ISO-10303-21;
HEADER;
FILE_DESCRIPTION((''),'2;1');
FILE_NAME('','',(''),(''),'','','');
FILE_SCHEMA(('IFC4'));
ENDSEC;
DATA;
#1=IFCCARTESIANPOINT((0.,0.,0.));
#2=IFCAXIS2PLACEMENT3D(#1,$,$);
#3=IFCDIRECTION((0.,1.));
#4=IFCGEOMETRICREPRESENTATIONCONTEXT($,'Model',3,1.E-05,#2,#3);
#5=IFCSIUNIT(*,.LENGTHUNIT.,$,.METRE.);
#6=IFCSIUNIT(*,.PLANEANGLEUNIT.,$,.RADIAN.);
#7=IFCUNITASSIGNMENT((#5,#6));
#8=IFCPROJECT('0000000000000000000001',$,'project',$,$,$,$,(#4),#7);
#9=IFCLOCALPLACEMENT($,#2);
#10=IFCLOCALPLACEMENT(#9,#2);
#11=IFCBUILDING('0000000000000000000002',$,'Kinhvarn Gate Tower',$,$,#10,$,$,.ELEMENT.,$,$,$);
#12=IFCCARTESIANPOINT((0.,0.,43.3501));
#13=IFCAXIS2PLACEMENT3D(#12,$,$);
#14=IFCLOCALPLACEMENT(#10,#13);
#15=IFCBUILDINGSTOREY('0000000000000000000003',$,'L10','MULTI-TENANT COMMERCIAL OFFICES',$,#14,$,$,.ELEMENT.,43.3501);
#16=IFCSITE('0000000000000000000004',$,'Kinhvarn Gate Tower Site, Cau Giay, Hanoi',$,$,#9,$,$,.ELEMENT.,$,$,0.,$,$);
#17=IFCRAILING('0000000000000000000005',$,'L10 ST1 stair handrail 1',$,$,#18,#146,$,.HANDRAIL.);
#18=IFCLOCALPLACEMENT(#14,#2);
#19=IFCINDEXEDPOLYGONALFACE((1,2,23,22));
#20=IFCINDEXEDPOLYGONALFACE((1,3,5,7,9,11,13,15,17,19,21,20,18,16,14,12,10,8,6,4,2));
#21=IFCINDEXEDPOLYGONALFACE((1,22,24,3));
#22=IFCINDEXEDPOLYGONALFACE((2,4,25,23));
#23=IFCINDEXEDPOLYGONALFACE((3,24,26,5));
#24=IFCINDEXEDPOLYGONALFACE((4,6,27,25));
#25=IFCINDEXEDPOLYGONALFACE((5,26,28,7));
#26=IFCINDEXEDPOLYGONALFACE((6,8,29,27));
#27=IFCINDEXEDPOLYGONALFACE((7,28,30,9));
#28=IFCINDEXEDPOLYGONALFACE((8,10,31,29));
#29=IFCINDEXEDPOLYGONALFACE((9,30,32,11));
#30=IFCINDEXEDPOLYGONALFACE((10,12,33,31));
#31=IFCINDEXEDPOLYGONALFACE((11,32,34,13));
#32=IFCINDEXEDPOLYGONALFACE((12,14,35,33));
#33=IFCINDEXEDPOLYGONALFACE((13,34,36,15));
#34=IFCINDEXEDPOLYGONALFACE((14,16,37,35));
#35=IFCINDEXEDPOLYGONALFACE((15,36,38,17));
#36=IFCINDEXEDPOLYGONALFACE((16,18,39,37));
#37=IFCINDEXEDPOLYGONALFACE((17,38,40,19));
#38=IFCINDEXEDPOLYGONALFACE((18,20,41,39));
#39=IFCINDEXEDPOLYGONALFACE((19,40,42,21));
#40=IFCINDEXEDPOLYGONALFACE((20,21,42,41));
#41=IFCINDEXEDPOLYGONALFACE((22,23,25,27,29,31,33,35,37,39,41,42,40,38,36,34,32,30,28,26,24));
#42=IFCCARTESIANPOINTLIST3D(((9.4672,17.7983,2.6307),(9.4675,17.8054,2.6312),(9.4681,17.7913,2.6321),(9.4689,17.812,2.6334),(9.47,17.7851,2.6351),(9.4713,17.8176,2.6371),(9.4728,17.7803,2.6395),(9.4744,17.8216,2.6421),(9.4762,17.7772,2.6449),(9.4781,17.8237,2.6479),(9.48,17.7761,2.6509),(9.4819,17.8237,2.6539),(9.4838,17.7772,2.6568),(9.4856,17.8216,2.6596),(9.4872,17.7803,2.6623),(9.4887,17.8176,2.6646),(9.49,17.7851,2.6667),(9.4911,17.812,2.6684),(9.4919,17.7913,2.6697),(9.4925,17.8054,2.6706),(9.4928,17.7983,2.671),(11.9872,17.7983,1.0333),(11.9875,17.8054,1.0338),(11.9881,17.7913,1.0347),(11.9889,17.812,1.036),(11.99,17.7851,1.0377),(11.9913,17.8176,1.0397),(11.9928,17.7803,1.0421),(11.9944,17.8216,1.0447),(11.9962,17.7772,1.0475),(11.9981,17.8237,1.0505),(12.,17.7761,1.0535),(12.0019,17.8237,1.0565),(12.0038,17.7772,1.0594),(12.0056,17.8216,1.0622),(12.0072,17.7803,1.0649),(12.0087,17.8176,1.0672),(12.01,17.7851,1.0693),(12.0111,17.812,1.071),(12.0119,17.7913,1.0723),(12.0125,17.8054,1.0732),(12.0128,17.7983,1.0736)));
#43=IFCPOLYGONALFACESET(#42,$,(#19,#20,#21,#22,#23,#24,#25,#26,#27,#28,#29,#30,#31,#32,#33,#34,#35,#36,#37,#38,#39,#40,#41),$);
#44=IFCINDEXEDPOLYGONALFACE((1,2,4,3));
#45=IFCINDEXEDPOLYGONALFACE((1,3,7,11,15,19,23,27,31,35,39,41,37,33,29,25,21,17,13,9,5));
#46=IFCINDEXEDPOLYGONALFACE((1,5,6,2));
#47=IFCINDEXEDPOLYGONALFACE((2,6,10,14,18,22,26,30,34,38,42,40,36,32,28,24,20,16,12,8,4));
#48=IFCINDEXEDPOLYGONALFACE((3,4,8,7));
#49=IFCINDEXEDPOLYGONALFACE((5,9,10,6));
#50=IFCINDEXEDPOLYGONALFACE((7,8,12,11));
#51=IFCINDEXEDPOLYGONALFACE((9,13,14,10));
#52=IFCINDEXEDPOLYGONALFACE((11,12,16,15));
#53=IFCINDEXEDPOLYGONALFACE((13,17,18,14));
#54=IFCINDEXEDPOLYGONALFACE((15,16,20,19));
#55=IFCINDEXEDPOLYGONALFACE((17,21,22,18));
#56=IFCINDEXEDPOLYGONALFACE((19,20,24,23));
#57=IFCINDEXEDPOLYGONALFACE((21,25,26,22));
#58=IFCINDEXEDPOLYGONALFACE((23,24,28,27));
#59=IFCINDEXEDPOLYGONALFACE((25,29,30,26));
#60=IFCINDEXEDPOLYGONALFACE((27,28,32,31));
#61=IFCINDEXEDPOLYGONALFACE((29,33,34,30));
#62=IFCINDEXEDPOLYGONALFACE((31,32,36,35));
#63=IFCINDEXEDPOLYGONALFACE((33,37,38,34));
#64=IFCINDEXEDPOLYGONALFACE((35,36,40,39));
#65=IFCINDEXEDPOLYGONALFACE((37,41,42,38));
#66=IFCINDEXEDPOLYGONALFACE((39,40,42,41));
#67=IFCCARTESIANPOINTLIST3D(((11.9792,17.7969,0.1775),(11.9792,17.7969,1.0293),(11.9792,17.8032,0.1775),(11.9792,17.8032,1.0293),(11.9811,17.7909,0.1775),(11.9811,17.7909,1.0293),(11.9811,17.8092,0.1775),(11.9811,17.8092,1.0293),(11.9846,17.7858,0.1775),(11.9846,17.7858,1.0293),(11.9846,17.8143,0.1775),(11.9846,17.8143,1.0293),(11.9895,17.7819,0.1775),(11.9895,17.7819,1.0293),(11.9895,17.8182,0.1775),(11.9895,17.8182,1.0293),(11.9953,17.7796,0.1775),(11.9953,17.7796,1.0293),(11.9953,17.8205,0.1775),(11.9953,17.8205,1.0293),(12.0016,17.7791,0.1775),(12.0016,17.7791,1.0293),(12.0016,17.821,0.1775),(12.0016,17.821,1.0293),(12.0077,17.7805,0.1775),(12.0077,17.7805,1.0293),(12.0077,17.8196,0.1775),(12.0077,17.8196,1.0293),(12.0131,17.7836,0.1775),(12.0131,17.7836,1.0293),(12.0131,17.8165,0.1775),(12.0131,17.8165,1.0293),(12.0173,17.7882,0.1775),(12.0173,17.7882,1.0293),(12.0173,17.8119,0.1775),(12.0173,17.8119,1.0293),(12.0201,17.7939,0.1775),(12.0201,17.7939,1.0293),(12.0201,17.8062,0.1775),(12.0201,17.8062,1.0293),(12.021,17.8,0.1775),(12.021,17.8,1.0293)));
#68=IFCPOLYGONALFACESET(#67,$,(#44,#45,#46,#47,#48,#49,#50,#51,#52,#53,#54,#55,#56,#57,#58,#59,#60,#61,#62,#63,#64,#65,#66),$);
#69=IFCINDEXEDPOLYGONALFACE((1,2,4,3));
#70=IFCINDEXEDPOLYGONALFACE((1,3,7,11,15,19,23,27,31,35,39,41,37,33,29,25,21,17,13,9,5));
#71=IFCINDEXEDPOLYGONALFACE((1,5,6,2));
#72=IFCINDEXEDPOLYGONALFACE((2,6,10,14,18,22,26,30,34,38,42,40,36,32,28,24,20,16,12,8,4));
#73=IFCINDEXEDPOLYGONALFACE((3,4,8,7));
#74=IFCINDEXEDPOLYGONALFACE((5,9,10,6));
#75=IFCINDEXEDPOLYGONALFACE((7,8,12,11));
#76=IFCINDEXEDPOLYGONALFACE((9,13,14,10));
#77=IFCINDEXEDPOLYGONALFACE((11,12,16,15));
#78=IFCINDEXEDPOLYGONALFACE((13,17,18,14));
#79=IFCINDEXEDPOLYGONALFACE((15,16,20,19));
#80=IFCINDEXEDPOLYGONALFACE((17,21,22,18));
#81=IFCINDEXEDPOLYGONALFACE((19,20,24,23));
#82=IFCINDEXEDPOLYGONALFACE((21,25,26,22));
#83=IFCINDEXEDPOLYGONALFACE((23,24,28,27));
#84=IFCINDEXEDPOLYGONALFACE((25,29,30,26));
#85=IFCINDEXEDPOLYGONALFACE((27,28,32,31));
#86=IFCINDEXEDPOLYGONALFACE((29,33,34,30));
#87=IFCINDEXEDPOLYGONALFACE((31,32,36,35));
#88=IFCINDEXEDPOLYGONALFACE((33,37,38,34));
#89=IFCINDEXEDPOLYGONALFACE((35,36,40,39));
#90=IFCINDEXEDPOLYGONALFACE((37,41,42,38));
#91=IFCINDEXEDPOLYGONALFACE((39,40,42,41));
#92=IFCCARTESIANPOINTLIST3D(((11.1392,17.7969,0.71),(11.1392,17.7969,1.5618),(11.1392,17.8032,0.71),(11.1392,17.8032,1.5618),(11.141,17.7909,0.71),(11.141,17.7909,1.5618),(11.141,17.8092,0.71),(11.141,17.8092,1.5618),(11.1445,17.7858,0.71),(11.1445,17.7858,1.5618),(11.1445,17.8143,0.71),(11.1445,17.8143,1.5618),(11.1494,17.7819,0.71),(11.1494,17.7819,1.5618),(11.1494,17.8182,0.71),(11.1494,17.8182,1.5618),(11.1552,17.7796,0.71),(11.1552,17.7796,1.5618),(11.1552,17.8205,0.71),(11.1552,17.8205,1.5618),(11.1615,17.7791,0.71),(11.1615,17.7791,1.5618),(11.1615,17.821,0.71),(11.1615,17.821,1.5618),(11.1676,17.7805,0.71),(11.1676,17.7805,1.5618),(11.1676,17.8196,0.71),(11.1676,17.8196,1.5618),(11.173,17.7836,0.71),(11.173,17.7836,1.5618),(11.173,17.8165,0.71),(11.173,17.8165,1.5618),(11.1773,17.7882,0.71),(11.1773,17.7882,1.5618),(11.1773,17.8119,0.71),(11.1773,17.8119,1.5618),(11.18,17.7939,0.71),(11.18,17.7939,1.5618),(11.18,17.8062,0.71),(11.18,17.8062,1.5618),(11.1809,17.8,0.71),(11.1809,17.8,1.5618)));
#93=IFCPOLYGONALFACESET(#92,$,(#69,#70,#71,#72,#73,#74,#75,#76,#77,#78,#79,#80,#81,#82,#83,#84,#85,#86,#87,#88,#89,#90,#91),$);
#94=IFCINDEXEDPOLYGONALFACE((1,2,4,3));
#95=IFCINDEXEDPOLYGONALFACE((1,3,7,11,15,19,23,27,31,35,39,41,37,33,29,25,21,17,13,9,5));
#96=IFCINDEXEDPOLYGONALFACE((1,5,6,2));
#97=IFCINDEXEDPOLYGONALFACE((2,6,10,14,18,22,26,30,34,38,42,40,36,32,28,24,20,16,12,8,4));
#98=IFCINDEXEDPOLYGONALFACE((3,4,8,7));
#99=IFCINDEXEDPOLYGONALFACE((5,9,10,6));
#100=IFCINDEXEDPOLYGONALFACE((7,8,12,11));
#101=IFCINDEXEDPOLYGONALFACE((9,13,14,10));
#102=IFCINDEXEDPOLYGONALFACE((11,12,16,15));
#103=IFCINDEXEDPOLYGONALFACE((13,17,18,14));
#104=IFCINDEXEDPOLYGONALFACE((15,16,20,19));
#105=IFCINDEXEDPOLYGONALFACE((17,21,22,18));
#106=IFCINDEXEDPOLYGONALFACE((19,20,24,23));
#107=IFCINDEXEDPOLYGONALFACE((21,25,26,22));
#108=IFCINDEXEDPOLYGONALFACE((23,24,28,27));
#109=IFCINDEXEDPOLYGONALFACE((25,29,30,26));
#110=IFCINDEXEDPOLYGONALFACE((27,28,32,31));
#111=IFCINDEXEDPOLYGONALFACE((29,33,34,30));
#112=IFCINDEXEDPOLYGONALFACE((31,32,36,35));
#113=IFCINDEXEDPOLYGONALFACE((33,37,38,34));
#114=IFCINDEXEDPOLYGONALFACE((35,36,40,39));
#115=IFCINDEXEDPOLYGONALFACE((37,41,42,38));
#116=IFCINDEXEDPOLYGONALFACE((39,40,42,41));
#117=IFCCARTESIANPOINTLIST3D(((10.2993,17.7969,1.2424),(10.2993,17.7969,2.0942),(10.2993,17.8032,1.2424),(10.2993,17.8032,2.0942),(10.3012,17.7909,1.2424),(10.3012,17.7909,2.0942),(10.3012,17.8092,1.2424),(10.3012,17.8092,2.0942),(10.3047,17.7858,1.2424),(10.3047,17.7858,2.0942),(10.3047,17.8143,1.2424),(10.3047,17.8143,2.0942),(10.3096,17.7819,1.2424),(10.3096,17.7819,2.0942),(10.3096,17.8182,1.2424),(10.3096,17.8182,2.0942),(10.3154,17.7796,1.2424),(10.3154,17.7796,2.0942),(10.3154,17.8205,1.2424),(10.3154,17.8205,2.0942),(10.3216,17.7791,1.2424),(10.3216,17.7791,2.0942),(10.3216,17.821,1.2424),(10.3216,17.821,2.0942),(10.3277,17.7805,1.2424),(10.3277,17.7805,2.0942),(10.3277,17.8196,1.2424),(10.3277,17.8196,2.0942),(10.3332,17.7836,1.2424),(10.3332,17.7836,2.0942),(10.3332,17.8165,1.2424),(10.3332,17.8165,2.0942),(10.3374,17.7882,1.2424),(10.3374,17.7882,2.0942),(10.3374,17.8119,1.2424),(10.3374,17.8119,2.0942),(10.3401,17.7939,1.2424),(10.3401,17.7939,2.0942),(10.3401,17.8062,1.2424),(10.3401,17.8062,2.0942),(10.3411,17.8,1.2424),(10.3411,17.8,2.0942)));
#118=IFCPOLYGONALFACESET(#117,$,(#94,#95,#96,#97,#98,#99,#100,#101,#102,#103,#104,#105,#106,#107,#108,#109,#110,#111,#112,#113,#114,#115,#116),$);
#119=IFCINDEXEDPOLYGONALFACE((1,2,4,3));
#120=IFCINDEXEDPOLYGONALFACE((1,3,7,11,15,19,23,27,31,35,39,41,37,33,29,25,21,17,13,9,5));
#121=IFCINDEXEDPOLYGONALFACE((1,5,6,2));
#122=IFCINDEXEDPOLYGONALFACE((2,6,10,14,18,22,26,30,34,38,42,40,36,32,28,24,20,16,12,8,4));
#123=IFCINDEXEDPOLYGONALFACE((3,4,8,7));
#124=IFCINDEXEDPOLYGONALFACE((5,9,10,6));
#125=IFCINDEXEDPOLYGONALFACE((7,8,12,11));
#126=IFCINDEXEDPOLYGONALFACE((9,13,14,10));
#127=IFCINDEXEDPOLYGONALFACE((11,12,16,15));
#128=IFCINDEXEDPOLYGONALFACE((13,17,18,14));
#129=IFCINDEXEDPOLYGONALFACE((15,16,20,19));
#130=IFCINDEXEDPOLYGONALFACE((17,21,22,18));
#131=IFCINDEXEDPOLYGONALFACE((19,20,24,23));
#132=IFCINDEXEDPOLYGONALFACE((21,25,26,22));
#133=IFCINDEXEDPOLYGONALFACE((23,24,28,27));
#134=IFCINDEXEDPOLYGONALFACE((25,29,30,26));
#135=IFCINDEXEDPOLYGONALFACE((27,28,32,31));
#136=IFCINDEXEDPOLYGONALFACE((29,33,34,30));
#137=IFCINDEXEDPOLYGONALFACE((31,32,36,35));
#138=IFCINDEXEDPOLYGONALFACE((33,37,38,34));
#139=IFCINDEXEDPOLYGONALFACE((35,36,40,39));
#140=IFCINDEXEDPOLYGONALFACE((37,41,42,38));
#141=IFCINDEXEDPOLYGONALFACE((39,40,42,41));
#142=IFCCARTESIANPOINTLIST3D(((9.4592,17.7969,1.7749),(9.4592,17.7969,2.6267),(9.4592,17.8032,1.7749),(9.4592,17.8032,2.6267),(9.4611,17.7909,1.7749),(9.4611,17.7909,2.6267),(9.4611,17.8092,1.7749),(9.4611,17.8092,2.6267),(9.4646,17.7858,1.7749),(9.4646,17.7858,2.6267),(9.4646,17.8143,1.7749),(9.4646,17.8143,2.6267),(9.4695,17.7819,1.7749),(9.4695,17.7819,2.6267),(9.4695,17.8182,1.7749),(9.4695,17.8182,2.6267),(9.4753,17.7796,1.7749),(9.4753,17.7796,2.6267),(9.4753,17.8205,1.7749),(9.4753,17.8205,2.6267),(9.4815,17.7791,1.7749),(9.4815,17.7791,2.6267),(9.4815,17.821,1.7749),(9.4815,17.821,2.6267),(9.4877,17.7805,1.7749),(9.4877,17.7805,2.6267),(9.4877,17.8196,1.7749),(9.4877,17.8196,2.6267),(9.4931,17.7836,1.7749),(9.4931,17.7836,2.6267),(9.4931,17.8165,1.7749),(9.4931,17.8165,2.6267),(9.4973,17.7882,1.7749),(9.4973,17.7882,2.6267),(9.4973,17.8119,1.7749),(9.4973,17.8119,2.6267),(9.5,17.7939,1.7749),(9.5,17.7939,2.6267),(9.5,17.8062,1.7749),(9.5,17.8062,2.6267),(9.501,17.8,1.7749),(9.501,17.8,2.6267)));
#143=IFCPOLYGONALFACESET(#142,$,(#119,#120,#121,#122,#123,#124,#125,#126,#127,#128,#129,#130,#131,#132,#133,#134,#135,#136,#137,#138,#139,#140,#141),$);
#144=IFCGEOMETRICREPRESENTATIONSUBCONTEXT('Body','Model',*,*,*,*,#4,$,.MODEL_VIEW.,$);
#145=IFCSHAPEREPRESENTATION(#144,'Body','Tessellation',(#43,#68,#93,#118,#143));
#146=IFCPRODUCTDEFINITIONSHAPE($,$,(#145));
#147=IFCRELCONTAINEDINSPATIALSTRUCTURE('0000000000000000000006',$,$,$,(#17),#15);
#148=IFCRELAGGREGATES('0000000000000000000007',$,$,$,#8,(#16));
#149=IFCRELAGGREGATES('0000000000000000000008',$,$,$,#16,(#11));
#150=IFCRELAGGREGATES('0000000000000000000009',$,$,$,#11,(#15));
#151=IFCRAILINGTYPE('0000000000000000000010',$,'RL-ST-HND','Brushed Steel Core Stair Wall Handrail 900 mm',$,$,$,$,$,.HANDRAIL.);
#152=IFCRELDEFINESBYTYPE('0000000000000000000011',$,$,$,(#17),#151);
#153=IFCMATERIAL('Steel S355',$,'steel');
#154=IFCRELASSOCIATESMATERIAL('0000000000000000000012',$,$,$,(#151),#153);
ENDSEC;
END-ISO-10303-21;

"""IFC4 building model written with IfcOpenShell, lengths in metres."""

from ifc_helpers import new_model, si_unit, direction, frame, origin, origin_2d, place, context, subcontext, project, spatial, circle, extrude, material, type_object, element, save


model = new_model("IFC4")

# Units and contexts
model_context = context("Model", 3, precision=1e-05, world=origin(), true_north=direction((0.0, 1.0)))
body_context = subcontext(model_context, "Body", "Model", "MODEL_VIEW")
ifc_project = project(units=[si_unit("LENGTHUNIT", "METRE"), si_unit("PLANEANGLEUNIT", "RADIAN")], contexts=[model_context])

# Site, building, storey
site_placement = place(None, origin())
site = spatial("IfcSite", under=ifc_project, at=site_placement, Name="Kinhvarn Gate Tower Site, Cau Giay, Hanoi", CompositionType="ELEMENT", RefElevation=0.0)
building_placement = place(site_placement, origin())
building = spatial("IfcBuilding", under=site, at=building_placement, Name="Kinhvarn Gate Tower", CompositionType="ELEMENT")
storey_placement = place(building_placement, frame((0.0, 0.0, 43.3501)))
storey = spatial("IfcBuildingStorey", under=building, at=storey_placement, Name="L10", Description="MULTI-TENANT COMMERCIAL OFFICES", CompositionType="ELEMENT", Elevation=43.3501)

# Shared definitions
ifc_material_1 = material(Name="Steel S355", Category="steel")

# Railing
railing_type_1 = type_object("IfcRailingType", Name="RL-ST-HND", Description="Brushed Steel Core Stair Wall Handrail 900 mm", PredefinedType="HANDRAIL", material=ifc_material_1)
railing_1_placement = place(storey_placement, frame((12.0, 17.8, 0.1775)))
element("IfcRailing", 1, at=railing_1_placement, inside=storey, type_object=railing_type_1, Name="L10 ST1 stair handrail 1", PredefinedType="HANDRAIL", context=body_context, shape_type="SweptSolid", body=[
    extrude(circle(Radius=0.0239, at=origin_2d()), frame((0.0, 0.0, 0.876), z_axis=(-0.844607, 0.0, 0.535387), x_axis=(0.0, -1.0, 0.0)), (0.0, 0.0, 1.0), 2.9836),
    extrude(circle(Radius=0.021, at=origin_2d()), origin(), (0.0, 0.0, 1.0), 0.8518),
    extrude(circle(Radius=0.021, at=origin_2d()), frame((-0.8401, 0.0, 0.5325)), (0.0, 0.0, 1.0), 0.8518),
    extrude(circle(Radius=0.021, at=origin_2d()), frame((-1.6799, 0.0, 1.0649)), (0.0, 0.0, 1.0), 0.8518),
    extrude(circle(Radius=0.021, at=origin_2d()), frame((-2.52, 0.0, 1.5974)), (0.0, 0.0, 1.0), 0.8518),
])

save(model, "model.ifc")
